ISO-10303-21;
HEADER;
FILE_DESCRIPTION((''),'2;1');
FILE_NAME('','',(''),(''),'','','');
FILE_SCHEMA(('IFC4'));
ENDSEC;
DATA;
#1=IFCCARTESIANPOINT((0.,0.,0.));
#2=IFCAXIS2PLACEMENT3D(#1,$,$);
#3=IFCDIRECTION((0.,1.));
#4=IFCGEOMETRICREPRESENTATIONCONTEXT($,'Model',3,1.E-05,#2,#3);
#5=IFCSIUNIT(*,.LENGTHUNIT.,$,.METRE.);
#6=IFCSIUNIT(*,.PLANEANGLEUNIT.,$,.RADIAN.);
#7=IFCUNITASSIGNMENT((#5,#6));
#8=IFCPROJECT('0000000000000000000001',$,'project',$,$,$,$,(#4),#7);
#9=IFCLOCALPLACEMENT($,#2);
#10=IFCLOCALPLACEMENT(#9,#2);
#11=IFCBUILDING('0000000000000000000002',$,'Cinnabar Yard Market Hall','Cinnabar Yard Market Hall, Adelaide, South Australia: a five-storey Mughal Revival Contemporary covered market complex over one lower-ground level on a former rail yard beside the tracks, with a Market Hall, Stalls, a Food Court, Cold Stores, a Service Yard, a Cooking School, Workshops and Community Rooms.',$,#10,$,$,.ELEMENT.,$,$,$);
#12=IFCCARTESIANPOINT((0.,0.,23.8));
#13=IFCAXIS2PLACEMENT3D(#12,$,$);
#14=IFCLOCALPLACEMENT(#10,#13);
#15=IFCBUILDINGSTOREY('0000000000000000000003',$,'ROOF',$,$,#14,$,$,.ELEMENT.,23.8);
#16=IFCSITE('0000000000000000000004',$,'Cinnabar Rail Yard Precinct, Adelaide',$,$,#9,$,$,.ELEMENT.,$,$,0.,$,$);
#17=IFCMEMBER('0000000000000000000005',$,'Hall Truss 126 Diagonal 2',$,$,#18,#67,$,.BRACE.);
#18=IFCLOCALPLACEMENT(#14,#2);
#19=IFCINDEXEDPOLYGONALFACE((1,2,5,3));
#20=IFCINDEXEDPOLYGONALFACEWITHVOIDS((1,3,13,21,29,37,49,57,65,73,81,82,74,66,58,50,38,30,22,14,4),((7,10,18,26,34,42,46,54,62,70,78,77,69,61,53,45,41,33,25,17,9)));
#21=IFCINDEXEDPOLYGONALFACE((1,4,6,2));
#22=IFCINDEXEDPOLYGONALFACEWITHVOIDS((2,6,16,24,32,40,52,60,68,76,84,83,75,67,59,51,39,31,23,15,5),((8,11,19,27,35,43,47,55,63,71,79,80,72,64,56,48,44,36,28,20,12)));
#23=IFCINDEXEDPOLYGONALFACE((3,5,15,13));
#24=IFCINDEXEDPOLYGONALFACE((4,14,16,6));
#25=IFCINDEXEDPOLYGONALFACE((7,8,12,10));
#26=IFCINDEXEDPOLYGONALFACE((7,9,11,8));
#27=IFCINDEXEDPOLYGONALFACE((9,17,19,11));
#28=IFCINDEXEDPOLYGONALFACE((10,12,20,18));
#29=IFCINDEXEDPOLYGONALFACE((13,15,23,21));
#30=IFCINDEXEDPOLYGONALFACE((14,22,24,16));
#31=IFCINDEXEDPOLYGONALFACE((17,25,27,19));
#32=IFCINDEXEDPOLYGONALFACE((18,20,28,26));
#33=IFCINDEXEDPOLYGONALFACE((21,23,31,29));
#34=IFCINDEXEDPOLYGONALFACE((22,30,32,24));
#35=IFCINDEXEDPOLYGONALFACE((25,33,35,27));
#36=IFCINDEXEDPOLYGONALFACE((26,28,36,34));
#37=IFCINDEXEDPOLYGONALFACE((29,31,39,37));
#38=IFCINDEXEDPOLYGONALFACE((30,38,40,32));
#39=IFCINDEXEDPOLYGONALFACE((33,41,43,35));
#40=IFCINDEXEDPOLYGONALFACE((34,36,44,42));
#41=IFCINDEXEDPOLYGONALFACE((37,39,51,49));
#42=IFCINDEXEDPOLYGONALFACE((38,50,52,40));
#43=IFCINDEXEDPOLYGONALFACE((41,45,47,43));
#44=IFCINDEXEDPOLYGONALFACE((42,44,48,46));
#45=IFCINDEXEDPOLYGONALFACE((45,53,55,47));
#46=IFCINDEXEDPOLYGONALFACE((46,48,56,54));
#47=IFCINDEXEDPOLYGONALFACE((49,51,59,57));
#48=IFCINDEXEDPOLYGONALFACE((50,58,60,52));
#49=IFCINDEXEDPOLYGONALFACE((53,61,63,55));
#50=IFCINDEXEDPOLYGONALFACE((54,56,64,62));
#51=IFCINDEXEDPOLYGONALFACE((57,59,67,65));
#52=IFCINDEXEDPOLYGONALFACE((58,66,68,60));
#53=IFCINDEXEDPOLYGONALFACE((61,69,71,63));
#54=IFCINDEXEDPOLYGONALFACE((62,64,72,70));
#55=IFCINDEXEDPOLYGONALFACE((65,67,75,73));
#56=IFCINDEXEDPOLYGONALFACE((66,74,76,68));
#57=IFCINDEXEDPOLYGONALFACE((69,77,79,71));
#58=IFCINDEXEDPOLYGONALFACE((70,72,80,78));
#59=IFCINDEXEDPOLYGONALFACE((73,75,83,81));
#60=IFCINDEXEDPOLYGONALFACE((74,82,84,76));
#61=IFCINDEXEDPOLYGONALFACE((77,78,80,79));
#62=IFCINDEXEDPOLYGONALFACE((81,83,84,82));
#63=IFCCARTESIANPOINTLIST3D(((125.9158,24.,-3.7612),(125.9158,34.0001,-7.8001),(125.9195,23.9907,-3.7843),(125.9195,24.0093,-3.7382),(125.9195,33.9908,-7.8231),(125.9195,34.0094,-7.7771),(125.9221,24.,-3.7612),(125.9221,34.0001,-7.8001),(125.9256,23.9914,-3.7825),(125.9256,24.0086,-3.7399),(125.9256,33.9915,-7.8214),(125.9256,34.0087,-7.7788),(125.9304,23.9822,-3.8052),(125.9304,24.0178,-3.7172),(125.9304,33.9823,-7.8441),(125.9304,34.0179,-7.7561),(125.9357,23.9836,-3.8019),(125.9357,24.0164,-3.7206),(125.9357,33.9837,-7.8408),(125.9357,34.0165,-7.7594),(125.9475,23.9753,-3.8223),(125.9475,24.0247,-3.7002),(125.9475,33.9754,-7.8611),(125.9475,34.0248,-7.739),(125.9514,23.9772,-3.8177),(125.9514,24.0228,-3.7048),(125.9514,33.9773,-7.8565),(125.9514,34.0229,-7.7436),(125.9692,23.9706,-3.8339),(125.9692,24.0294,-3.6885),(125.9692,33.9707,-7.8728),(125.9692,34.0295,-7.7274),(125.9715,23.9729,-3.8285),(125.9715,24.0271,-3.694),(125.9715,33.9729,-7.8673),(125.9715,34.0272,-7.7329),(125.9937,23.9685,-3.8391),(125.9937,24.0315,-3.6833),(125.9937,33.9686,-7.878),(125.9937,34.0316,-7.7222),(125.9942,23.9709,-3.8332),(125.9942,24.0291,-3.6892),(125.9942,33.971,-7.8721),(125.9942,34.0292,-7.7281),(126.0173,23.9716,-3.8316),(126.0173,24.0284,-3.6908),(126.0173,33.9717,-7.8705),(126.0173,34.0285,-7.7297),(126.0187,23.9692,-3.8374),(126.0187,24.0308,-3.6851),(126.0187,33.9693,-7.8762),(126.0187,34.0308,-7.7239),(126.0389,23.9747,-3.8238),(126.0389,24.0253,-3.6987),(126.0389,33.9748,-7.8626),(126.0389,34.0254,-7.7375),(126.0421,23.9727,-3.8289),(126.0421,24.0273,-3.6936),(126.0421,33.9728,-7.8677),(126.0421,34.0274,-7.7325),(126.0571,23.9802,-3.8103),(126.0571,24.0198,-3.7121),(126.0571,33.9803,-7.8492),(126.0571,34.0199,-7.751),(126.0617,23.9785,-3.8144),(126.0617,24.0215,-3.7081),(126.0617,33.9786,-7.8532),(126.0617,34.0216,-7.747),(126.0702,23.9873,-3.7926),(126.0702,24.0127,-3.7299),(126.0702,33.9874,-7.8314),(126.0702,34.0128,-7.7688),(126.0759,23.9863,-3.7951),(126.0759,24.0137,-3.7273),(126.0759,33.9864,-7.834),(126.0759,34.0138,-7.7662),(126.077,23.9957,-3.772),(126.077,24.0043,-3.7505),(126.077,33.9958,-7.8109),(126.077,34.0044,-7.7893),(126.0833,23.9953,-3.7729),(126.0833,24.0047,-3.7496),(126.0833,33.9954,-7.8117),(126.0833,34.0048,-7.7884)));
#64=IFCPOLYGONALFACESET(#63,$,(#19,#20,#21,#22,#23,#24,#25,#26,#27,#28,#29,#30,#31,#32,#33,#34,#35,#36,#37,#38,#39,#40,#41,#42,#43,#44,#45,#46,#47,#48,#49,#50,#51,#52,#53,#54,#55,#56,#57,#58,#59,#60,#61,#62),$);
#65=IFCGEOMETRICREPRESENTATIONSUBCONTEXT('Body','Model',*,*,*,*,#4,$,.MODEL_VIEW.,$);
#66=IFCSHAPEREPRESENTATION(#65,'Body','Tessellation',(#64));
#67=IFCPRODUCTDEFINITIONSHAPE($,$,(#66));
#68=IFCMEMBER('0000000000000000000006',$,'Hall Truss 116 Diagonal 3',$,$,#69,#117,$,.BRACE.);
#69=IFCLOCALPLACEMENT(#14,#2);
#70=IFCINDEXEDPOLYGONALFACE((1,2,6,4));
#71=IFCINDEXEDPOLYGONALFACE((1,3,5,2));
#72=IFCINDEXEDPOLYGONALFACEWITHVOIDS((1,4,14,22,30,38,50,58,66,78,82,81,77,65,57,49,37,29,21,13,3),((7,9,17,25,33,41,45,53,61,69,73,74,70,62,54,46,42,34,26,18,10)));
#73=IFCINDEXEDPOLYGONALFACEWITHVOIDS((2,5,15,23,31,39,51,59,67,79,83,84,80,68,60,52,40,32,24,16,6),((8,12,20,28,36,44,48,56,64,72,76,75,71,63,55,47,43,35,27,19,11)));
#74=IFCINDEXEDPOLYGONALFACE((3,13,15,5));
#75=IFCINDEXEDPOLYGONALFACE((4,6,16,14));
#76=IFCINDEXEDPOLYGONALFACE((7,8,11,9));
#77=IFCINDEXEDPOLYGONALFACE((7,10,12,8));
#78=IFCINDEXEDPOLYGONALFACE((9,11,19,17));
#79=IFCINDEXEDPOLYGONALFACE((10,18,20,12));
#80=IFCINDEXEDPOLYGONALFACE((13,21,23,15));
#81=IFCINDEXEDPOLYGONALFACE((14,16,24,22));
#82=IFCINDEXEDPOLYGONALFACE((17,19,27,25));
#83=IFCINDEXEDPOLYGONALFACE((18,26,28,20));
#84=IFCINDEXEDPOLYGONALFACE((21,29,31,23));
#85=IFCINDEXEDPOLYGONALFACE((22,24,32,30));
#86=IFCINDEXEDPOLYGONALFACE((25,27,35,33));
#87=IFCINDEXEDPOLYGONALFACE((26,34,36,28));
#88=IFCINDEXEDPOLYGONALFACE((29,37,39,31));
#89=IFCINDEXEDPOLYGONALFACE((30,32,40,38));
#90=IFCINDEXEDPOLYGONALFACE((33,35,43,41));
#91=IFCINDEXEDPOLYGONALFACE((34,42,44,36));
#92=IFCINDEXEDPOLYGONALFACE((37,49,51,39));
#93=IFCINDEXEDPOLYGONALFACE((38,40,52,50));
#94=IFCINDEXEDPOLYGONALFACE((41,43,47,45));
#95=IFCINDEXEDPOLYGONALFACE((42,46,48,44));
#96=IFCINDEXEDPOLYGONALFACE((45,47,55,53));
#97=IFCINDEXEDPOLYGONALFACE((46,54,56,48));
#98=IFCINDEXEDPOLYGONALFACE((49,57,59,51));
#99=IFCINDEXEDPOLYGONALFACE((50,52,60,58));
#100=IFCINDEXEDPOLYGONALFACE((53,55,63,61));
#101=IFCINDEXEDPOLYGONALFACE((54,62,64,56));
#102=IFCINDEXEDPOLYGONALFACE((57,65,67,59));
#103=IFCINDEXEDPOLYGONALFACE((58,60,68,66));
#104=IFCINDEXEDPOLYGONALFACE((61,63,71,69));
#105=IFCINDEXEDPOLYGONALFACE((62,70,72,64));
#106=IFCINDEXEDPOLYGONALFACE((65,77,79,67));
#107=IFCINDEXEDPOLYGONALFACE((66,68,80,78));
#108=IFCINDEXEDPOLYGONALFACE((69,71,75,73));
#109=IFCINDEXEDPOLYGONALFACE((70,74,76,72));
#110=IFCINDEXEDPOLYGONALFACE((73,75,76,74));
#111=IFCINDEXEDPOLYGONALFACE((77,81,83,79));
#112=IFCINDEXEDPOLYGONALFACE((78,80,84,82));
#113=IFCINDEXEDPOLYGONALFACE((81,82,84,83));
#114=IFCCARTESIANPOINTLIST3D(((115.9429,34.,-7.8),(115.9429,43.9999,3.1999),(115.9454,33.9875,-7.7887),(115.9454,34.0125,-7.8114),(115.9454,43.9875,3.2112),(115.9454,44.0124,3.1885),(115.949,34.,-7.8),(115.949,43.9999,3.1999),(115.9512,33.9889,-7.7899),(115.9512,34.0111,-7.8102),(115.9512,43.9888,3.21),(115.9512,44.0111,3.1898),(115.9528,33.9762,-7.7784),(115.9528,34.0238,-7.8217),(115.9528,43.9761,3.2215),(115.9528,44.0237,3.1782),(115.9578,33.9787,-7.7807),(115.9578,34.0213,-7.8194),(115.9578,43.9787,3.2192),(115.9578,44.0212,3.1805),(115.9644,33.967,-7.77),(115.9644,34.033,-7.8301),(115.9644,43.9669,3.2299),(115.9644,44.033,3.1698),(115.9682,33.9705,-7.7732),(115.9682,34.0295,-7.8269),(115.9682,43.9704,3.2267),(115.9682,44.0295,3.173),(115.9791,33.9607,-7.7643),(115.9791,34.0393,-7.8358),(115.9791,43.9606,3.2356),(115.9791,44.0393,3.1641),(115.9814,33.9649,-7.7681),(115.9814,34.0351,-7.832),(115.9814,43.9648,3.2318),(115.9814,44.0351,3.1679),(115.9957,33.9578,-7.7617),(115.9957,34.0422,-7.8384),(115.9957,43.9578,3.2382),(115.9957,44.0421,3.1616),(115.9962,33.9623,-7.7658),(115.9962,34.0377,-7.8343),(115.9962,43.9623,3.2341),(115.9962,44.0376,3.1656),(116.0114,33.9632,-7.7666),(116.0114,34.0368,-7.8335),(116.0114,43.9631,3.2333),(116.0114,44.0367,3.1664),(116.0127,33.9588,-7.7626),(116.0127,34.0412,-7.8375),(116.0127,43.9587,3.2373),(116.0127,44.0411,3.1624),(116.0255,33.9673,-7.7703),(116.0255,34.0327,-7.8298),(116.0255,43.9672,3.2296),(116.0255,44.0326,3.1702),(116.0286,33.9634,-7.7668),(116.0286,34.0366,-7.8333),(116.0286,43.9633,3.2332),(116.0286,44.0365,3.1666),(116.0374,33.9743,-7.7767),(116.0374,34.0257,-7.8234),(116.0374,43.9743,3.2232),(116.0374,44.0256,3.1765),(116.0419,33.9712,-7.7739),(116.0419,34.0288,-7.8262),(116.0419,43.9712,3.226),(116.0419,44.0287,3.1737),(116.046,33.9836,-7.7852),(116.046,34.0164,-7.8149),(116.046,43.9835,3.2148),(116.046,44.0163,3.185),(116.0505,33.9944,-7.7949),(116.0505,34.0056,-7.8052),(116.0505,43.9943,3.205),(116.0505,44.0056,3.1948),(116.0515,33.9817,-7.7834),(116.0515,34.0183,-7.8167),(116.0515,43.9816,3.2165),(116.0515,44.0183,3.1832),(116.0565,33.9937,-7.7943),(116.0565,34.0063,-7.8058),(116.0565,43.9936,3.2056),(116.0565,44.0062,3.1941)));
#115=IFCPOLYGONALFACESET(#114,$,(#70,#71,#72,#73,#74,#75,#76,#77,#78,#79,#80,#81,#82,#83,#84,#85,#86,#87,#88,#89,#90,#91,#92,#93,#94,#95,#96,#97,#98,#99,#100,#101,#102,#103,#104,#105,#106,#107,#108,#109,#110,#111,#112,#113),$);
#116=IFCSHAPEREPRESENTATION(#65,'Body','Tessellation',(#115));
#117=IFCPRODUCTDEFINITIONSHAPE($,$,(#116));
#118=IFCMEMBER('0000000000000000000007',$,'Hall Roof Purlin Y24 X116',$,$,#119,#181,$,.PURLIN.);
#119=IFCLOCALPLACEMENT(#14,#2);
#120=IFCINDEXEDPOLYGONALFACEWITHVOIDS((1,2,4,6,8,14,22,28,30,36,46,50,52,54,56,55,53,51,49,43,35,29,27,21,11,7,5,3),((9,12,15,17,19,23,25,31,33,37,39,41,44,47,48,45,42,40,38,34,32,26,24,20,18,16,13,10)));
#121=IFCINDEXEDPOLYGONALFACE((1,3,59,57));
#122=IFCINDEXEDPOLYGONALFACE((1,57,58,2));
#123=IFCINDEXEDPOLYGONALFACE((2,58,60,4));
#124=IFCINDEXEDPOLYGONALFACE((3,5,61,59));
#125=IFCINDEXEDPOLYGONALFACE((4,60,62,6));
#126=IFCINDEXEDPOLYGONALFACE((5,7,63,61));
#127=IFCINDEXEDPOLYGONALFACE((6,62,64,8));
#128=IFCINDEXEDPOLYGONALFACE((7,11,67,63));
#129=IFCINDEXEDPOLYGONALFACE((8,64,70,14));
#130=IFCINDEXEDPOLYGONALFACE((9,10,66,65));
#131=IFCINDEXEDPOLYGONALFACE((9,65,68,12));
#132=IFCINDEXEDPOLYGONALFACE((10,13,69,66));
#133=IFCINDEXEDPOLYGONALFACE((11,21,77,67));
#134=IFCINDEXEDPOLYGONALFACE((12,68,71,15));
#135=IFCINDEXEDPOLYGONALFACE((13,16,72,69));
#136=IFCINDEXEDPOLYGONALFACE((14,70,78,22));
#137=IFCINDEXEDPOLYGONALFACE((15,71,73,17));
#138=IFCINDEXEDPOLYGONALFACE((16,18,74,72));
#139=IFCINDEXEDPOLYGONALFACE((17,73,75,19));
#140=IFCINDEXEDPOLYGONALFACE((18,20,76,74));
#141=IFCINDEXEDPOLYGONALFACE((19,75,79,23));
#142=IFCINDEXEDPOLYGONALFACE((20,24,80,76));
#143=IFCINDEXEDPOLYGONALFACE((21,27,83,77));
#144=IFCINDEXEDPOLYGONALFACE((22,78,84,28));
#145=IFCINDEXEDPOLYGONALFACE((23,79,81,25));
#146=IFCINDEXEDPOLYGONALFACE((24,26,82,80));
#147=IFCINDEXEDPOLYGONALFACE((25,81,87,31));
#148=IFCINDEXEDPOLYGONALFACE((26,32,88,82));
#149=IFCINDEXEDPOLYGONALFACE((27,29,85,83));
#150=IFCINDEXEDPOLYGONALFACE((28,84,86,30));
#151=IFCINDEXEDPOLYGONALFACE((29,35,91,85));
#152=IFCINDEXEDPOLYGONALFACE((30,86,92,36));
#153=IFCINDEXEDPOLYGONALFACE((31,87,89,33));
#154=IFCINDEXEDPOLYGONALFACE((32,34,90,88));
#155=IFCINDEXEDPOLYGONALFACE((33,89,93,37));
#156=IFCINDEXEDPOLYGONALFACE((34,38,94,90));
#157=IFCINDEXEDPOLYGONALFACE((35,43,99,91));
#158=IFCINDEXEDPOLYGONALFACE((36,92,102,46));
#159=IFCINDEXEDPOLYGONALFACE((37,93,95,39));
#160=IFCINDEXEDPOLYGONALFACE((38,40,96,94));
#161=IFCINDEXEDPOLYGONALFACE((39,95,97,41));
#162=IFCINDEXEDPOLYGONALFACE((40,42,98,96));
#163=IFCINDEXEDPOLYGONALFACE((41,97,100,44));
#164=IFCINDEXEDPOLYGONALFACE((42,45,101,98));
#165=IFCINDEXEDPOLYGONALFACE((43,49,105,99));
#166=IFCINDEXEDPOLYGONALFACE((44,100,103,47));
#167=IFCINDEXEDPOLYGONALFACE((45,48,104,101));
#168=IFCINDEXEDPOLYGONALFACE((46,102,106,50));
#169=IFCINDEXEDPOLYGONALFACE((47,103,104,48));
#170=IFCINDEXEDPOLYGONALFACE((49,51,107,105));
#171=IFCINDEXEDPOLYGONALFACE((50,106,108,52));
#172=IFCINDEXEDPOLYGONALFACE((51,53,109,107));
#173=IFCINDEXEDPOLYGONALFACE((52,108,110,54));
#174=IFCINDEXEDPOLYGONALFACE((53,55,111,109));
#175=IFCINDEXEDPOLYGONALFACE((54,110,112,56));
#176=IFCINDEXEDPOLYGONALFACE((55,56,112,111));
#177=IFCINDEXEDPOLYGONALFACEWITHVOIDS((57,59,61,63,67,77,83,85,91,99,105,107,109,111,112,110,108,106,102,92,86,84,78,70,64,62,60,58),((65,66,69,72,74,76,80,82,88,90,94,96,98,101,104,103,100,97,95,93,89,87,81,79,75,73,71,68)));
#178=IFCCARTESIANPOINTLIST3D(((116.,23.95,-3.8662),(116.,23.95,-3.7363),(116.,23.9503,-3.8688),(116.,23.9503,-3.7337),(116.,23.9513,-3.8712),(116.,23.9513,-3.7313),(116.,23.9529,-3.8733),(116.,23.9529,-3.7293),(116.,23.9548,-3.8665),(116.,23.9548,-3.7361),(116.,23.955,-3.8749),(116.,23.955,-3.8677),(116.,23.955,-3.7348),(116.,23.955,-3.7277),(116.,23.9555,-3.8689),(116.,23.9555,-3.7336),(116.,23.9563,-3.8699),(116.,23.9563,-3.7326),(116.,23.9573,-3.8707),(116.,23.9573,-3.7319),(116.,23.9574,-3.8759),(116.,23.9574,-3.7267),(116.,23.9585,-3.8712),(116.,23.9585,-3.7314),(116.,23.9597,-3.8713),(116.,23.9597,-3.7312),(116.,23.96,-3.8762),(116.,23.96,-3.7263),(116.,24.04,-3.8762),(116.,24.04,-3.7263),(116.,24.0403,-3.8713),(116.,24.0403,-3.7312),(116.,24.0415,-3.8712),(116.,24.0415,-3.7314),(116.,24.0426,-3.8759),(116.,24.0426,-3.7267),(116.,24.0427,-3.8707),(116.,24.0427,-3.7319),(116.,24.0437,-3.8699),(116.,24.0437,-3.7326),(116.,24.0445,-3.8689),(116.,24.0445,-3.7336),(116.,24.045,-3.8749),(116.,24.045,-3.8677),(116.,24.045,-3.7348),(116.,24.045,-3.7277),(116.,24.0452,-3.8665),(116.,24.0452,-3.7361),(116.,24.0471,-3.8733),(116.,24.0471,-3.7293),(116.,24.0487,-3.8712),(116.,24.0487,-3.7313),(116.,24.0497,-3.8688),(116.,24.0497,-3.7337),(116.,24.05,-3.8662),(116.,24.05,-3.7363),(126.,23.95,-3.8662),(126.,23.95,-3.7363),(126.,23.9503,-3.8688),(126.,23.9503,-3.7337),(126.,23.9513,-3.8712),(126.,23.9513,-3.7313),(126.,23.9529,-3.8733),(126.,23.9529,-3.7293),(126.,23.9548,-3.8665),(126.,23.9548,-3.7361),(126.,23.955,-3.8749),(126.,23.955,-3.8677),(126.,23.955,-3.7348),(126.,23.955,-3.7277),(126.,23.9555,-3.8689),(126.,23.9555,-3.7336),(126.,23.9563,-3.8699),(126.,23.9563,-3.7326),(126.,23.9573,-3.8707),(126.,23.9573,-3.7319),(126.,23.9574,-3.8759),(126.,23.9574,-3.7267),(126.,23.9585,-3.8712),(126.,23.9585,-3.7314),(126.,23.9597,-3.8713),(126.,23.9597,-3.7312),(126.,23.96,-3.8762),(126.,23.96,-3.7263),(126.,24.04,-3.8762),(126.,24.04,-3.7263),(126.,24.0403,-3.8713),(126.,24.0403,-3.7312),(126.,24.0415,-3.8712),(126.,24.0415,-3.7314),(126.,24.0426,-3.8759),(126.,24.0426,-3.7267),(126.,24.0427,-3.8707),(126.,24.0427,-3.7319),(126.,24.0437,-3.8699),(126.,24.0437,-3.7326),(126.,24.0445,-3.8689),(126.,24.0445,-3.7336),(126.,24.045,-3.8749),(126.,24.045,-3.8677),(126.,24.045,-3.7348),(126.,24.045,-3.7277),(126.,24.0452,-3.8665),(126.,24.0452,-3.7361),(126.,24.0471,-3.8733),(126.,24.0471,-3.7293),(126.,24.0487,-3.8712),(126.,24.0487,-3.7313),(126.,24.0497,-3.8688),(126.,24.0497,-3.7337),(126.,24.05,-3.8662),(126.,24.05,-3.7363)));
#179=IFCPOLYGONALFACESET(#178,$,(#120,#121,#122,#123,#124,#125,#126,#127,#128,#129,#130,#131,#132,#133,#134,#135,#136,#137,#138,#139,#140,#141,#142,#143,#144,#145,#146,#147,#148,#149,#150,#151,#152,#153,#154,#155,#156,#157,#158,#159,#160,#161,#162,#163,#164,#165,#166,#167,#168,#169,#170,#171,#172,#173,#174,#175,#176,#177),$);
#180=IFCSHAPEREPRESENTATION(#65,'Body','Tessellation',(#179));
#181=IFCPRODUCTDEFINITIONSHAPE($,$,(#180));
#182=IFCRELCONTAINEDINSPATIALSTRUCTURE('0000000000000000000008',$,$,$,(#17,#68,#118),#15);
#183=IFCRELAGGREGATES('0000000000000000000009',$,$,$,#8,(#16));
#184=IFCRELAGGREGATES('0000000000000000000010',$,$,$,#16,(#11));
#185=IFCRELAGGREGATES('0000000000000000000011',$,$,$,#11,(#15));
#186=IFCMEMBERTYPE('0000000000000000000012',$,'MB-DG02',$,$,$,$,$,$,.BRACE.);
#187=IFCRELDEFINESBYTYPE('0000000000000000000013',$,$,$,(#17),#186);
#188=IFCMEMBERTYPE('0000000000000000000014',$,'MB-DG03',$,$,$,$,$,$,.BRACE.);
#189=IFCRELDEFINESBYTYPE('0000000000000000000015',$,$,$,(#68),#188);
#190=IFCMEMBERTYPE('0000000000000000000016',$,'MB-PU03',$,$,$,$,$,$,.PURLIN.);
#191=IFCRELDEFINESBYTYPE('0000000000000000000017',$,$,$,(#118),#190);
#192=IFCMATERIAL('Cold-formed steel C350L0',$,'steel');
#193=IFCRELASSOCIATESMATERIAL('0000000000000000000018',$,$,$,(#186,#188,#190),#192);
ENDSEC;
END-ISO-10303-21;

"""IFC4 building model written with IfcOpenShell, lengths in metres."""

from ifc_helpers import new_model, si_unit, direction, frame, origin, origin_2d_with_axis, place, context, subcontext, project, spatial, hollow_rectangle, hollow_circle, extrude, material, material_profile, profile_set, type_object, element, save


model = new_model("IFC4")

# Units and contexts
model_context = context("Model", 3, precision=1e-05, world=origin(), true_north=direction((0.0, 1.0)))
body_context = subcontext(model_context, "Body", "Model", "MODEL_VIEW")
ifc_project = project(units=[si_unit("LENGTHUNIT", "METRE"), si_unit("PLANEANGLEUNIT", "RADIAN")], contexts=[model_context])

# Site, building, storey
site_placement = place(None, origin())
site = spatial("IfcSite", under=ifc_project, at=site_placement, Name="Cinnabar Rail Yard Precinct, Adelaide", CompositionType="ELEMENT", RefElevation=0.0)
building_placement = place(site_placement, origin())
building = spatial("IfcBuilding", under=site, at=building_placement, Name="Cinnabar Yard Market Hall", Description="Cinnabar Yard Market Hall, Adelaide, South Australia: a five-storey Mughal Revival Contemporary covered market complex over one lower-ground level on a former rail yard beside the tracks, with a Market Hall, Stalls, a Food Court, Cold Stores, a Service Yard, a Cooking School, Workshops and Community Rooms.", CompositionType="ELEMENT")
storey_placement = place(building_placement, frame((0.0, 0.0, 23.8)))
storey = spatial("IfcBuildingStorey", under=building, at=storey_placement, Name="ROOF", CompositionType="ELEMENT", Elevation=23.8)

# Members
ifc_material_1 = material(Name="Cold-formed steel C350L0", Category="steel")
ifc_material_profile_1 = material_profile(ifc_material_1, hollow_circle(Radius=0.0842, WallThickness=0.0063, at=origin_2d_with_axis()), Name="168.3x6.4CHS")
ifc_profile_set_1 = profile_set([ifc_material_profile_1], Name="Cold-formed steel C350L0")
member_type_1 = type_object("IfcMemberType", Name="MB-DG02", PredefinedType="BRACE", material=ifc_profile_set_1)
for number, where, z_axis, x_axis, name in (
    (1, (126.0, 24.0, -3.7612), (0.0, 0.92723, -0.374491), (-1.0, 0.0, 0.0), "Hall Truss 126 Diagonal 2"),
):
    element("IfcMember", number, at=place(storey_placement, frame(where, z_axis=z_axis, x_axis=x_axis)), inside=storey, type_object=member_type_1, Name=name, PredefinedType="BRACE", context=body_context, shape_type="SweptSolid", body=[
        extrude(hollow_circle(Radius=0.0842, WallThickness=0.0063, at=origin_2d_with_axis()), origin(), (0.0, 0.0, 1.0), 10.7849),
    ])
ifc_material_profile_2 = material_profile(ifc_material_1, hollow_circle(Radius=0.0571, WallThickness=0.0061, at=origin_2d_with_axis()), Name="114.3x6.0CHS")
ifc_profile_set_2 = profile_set([ifc_material_profile_2], Name="Cold-formed steel C350L0")
member_type_2 = type_object("IfcMemberType", Name="MB-DG03", PredefinedType="BRACE", material=ifc_profile_set_2)
member_1_placement = place(storey_placement, frame((116.0, 34.0, -7.8), z_axis=(0.0, 0.672673, 0.73994), x_axis=(-1.0, 0.0, 0.0)))
element("IfcMember", 2, at=member_1_placement, inside=storey, type_object=member_type_2, Name="Hall Truss 116 Diagonal 3", PredefinedType="BRACE", context=body_context, shape_type="SweptSolid", body=[
    extrude(hollow_circle(Radius=0.0571, WallThickness=0.0061, at=origin_2d_with_axis()), origin(), (0.0, 0.0, 1.0), 14.866),
])
ifc_material_profile_3 = material_profile(ifc_material_1, hollow_rectangle(XDim=0.1001, YDim=0.1499, WallThickness=0.0049, InnerFilletRadius=0.0049, OuterFilletRadius=0.01, at=origin_2d_with_axis()), Name="150x100x5.0RHS")
ifc_profile_set_3 = profile_set([ifc_material_profile_3], Name="Cold-formed steel C350L0")
member_type_3 = type_object("IfcMemberType", Name="MB-PU03", PredefinedType="PURLIN", material=ifc_profile_set_3)
for number, where, z_axis, x_axis, name in (
    (3, (116.0, 24.0, -3.8013), (1.0, 0.0, 0.0), (0.0, 1.0, 0.0), "Hall Roof Purlin Y24 X116"),
):
    element("IfcMember", number, at=place(storey_placement, frame(where, z_axis=z_axis, x_axis=x_axis)), inside=storey, type_object=member_type_3, Name=name, PredefinedType="PURLIN", context=body_context, shape_type="SweptSolid", body=[
        extrude(hollow_rectangle(XDim=0.1001, YDim=0.1499, WallThickness=0.0049, InnerFilletRadius=0.0049, OuterFilletRadius=0.01, at=origin_2d_with_axis()), origin(), (0.0, 0.0, 1.0), 10.0),
    ])

save(model, "model.ifc")
